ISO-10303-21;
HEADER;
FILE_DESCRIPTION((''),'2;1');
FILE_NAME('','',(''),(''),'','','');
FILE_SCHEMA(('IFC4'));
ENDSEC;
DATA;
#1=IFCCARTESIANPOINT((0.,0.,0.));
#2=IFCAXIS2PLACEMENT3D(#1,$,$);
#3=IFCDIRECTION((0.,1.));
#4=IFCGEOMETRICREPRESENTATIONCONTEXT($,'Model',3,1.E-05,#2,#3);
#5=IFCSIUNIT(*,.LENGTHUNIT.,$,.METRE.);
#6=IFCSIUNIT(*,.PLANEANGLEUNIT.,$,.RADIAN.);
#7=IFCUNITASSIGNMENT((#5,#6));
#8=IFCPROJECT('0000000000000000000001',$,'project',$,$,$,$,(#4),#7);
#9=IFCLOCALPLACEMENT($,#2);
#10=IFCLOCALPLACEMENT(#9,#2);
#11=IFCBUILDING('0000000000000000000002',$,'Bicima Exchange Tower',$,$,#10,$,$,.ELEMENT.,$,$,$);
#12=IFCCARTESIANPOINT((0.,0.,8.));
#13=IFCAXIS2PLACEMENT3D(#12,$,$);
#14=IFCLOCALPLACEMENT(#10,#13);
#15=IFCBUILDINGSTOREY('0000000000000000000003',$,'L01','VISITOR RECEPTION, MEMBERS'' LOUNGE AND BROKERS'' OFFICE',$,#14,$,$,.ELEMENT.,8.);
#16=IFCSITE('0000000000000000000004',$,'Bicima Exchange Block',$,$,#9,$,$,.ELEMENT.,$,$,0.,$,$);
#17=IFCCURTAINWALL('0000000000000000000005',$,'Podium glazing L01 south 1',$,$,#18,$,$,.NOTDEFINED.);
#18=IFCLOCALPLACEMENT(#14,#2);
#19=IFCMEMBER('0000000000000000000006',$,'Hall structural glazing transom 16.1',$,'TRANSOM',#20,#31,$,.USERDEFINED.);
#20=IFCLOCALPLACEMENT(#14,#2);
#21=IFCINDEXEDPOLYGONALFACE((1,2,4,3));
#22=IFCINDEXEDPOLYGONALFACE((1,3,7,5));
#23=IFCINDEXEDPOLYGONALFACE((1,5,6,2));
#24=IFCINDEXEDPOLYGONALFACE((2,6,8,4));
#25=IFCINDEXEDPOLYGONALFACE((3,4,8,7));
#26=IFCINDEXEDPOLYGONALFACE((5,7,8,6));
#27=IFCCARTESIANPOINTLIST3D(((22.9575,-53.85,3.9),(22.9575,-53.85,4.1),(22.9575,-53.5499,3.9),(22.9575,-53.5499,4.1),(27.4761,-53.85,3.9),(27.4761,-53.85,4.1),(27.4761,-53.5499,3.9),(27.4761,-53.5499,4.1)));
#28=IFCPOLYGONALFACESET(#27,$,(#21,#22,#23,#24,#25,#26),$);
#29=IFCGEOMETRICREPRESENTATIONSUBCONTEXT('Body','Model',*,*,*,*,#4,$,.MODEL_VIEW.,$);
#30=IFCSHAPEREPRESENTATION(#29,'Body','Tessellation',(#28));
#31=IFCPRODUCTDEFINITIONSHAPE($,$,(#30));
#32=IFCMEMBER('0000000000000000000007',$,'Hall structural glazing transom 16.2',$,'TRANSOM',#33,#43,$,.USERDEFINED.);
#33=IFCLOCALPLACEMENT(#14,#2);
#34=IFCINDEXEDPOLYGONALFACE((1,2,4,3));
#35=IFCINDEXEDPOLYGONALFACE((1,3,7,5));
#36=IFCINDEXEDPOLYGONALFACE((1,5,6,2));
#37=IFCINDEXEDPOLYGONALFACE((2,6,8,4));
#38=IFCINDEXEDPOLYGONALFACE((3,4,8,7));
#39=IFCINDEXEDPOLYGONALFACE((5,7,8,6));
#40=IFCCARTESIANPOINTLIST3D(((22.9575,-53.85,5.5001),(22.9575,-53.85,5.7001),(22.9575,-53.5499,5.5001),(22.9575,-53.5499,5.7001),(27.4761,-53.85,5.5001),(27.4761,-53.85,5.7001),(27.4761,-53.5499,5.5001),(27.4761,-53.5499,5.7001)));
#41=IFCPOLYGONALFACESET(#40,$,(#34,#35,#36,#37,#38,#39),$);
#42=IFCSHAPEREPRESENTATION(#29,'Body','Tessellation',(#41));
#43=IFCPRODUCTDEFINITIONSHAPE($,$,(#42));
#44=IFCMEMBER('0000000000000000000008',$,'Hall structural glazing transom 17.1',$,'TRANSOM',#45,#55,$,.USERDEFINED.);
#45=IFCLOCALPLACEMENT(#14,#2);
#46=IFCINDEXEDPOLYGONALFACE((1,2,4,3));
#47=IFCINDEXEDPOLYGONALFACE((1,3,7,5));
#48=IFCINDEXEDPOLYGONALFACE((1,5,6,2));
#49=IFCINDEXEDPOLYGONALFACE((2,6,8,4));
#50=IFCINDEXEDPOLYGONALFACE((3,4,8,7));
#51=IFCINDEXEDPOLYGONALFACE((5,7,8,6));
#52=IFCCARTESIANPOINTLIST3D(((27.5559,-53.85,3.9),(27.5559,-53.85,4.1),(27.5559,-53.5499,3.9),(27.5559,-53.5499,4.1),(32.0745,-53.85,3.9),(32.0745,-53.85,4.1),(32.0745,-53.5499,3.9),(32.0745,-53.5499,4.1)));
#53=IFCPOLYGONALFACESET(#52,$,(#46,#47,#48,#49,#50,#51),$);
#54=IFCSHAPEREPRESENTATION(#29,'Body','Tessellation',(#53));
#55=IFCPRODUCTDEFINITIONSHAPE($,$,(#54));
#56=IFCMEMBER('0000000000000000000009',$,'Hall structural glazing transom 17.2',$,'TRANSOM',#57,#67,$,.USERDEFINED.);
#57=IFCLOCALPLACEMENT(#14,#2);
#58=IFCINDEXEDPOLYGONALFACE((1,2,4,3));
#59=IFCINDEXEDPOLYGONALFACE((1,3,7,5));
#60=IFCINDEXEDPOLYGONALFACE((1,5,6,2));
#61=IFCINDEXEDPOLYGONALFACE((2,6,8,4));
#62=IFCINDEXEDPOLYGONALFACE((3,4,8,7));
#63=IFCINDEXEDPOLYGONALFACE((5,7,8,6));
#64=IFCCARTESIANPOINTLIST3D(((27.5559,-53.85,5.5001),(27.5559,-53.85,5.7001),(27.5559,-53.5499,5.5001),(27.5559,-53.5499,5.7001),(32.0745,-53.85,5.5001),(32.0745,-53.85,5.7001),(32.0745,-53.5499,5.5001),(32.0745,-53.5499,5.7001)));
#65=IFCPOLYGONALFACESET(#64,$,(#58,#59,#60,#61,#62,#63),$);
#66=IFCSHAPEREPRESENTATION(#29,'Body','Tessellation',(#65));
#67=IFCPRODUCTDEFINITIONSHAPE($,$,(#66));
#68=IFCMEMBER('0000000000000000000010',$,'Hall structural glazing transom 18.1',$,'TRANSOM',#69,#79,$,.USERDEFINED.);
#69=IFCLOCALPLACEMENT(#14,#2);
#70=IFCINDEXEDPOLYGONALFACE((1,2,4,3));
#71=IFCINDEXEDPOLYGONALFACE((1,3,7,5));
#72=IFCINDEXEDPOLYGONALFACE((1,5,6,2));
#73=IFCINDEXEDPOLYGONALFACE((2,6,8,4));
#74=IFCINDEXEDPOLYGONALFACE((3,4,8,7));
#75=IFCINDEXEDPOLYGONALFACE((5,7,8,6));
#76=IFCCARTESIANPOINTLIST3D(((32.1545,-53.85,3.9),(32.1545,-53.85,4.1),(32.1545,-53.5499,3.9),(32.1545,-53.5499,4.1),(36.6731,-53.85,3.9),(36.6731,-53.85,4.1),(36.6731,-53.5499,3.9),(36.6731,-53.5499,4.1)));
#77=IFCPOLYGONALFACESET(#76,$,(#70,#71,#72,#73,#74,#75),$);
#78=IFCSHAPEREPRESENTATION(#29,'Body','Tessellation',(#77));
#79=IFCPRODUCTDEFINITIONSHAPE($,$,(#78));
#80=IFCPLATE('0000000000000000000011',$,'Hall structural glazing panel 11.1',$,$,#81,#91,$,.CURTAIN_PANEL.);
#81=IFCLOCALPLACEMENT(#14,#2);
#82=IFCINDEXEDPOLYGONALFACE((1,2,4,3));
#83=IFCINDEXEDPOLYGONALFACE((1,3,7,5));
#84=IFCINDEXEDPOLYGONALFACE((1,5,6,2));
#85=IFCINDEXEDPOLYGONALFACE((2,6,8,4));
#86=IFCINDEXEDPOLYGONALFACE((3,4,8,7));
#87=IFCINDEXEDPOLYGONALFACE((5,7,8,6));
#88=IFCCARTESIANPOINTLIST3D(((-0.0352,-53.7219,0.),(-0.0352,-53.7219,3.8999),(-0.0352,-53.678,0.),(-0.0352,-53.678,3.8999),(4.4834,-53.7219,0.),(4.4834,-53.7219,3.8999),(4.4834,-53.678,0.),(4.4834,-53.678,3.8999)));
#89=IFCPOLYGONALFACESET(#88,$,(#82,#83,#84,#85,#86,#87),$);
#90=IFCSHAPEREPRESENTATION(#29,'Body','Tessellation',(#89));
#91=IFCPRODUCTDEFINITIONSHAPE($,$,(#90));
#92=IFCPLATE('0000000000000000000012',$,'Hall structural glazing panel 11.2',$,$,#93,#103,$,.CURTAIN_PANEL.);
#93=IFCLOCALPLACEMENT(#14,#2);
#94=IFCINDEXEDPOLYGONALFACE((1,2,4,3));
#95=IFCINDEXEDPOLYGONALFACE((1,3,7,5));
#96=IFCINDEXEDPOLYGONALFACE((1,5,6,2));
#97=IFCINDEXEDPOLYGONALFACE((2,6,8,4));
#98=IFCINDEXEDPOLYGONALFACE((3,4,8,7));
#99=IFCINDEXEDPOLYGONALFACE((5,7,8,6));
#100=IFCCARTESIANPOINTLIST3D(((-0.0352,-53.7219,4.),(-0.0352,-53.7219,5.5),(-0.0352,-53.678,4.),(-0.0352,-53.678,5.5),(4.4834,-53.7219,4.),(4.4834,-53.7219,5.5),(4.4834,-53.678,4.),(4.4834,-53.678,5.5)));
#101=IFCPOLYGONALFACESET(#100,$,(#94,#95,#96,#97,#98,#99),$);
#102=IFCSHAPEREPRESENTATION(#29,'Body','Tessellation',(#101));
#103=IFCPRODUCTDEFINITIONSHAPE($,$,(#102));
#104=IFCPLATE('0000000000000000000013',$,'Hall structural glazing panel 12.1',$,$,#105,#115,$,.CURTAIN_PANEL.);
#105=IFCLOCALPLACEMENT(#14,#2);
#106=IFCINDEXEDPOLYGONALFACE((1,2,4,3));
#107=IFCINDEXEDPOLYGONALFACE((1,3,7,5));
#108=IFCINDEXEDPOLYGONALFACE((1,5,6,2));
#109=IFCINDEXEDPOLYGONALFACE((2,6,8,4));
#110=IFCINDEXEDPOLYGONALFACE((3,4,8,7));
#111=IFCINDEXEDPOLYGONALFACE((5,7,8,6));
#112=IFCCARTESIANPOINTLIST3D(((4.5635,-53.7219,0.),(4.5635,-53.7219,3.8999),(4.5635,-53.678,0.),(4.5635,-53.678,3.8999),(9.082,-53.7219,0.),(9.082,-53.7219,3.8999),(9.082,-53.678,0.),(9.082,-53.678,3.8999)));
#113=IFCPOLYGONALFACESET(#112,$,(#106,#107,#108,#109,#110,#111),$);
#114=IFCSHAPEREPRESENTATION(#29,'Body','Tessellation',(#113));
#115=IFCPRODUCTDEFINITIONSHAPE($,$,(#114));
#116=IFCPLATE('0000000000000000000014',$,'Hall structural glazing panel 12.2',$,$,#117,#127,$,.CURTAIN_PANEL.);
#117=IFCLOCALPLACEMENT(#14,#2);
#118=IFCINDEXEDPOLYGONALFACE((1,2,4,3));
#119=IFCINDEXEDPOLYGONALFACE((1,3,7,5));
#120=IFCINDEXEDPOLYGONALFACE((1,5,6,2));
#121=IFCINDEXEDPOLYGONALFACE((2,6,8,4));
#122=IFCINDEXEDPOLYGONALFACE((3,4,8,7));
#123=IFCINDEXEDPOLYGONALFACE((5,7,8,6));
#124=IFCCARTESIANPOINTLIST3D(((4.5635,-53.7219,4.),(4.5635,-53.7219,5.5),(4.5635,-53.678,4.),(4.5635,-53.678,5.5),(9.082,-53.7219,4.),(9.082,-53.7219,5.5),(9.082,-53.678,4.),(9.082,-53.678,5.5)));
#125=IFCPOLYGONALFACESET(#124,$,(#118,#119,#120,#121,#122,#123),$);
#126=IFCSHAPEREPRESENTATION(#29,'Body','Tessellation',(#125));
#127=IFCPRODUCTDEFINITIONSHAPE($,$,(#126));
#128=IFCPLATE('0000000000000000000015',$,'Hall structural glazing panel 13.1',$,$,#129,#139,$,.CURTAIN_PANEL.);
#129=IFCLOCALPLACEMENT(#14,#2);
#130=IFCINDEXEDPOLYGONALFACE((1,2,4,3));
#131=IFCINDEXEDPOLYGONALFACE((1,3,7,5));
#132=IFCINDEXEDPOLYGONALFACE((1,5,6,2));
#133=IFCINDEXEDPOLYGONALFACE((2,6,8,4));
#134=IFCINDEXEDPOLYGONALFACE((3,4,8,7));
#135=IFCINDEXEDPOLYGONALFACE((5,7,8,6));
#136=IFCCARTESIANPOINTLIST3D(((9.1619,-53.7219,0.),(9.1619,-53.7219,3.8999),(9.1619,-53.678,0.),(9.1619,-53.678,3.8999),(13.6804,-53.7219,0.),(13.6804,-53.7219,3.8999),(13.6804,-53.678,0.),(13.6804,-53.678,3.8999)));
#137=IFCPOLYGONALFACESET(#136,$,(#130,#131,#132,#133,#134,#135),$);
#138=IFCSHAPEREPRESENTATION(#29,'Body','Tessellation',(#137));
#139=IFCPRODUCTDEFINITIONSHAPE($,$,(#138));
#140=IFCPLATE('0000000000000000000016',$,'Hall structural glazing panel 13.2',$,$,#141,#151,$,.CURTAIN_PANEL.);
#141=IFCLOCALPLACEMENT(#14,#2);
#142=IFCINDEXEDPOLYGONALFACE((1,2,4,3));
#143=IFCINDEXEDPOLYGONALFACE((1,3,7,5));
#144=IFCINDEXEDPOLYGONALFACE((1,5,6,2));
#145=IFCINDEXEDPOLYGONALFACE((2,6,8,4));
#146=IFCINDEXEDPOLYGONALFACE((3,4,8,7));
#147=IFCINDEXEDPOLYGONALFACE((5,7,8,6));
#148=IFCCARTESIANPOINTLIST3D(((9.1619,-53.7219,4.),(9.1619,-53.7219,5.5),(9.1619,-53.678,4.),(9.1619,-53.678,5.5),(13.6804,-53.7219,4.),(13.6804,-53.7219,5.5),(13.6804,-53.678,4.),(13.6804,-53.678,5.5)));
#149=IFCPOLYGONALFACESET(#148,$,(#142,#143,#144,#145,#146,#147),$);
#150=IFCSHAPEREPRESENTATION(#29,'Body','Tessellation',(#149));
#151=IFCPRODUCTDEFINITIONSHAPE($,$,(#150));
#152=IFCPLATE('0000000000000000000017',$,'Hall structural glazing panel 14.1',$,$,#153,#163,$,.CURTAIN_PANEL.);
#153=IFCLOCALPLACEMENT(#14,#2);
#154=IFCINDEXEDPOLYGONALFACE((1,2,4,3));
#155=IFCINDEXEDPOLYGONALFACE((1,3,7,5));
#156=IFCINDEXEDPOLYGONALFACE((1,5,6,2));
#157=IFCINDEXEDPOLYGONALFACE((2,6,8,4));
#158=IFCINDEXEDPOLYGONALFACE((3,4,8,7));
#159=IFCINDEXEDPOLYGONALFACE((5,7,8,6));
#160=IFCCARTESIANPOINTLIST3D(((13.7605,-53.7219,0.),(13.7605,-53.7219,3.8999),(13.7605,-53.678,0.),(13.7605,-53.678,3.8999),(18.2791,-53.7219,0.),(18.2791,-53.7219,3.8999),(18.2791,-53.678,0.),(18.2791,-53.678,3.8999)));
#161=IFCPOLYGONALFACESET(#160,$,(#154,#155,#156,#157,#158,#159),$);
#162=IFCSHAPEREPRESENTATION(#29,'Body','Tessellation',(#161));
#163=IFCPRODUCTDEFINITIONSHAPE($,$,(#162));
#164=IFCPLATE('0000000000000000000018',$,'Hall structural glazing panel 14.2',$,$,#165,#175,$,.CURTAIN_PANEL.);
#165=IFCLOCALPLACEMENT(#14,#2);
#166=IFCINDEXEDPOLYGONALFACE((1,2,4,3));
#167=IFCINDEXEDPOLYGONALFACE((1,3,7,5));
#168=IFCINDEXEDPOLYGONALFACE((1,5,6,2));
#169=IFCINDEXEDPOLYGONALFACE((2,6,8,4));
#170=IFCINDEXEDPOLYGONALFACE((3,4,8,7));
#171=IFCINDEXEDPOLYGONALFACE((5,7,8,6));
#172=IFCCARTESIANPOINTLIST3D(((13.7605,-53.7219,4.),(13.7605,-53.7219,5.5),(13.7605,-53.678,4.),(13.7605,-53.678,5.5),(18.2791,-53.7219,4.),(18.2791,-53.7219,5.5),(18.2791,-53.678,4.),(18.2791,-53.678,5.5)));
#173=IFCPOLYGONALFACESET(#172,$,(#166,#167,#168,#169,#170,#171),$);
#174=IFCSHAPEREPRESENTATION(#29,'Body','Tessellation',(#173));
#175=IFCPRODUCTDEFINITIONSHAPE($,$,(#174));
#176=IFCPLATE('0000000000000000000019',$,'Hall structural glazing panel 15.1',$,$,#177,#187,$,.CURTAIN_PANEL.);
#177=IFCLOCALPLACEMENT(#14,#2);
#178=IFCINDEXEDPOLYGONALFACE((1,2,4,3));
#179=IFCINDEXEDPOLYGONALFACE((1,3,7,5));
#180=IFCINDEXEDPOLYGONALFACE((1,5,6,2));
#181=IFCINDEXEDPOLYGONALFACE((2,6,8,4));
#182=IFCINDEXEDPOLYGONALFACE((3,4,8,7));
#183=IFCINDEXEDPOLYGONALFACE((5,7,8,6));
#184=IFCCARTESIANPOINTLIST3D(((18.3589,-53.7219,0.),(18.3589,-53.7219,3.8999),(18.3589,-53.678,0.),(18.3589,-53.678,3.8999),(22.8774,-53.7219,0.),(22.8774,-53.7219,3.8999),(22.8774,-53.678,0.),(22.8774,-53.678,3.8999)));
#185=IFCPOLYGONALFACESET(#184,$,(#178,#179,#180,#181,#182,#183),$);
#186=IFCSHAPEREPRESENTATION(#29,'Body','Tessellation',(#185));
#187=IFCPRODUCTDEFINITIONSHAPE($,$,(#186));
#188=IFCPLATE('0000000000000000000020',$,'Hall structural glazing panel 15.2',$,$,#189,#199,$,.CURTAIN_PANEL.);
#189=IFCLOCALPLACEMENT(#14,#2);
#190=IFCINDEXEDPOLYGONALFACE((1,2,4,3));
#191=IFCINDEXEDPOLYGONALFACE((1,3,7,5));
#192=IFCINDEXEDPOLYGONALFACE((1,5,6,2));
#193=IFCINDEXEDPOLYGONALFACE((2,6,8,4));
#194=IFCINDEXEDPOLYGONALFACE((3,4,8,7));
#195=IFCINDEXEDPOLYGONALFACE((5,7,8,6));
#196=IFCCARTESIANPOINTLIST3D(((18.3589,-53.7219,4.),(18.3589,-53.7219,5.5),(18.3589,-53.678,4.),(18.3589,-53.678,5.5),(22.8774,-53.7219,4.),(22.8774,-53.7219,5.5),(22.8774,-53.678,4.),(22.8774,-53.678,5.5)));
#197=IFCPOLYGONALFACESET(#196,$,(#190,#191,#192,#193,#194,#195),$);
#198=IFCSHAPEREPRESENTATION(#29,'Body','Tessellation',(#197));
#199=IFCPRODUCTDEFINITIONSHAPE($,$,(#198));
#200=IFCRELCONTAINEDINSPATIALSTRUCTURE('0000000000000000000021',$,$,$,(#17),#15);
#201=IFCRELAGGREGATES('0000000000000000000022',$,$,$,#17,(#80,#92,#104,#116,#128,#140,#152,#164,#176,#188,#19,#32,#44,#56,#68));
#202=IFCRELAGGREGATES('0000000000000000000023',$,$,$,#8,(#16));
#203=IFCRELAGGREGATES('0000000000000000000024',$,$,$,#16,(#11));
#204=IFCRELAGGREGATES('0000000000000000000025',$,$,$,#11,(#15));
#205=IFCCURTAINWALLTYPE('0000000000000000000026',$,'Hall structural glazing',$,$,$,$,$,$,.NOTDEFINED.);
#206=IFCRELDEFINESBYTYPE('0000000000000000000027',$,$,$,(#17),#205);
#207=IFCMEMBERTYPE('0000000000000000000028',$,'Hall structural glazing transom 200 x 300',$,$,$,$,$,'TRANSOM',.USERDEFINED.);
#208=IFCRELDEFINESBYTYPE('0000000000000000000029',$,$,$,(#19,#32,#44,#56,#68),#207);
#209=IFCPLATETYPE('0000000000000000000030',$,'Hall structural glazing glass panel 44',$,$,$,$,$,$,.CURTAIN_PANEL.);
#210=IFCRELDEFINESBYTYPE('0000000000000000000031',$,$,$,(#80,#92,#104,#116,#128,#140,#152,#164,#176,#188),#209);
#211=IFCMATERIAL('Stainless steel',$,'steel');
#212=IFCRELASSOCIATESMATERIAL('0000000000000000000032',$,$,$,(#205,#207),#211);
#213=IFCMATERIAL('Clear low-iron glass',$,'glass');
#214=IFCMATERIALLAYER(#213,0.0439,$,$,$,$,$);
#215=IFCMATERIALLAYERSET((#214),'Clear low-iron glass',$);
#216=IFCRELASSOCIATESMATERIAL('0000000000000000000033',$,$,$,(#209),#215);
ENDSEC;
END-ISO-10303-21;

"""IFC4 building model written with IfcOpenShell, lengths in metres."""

from ifc_helpers import new_model, si_unit, direction, frame, origin, origin_2d, place, context, subcontext, project, spatial, rectangle, extrude, material, layer, layer_set, material_profile, profile_set, type_object, element, aggregate, save


model = new_model("IFC4")

# Units and contexts
model_context = context("Model", 3, precision=1e-05, world=origin(), true_north=direction((0.0, 1.0)))
body_context = subcontext(model_context, "Body", "Model", "MODEL_VIEW")
ifc_project = project(units=[si_unit("LENGTHUNIT", "METRE"), si_unit("PLANEANGLEUNIT", "RADIAN")], contexts=[model_context])

# Site, building, storey
site_placement = place(None, origin())
site = spatial("IfcSite", under=ifc_project, at=site_placement, Name="Bicima Exchange Block", CompositionType="ELEMENT", RefElevation=0.0)
building_placement = place(site_placement, origin())
building = spatial("IfcBuilding", under=site, at=building_placement, Name="Bicima Exchange Tower", CompositionType="ELEMENT")
storey_placement = place(building_placement, frame((0.0, 0.0, 8.0)))
storey = spatial("IfcBuildingStorey", under=building, at=storey_placement, Name="L01", Description="VISITOR RECEPTION, MEMBERS' LOUNGE AND BROKERS' OFFICE", CompositionType="ELEMENT", Elevation=8.0)

# Curtain wall, members, plates
ifc_material_1 = material(Name="Stainless steel", Category="steel")
curtain_wall_type = type_object("IfcCurtainWallType", Name="Hall structural glazing", PredefinedType="NOTDEFINED", material=ifc_material_1)
curtain_wall_placement = place(storey_placement, origin())
curtain_wall = element("IfcCurtainWall", 1, at=curtain_wall_placement, inside=storey, type_object=curtain_wall_type, Name="Podium glazing L01 south 1", PredefinedType="NOTDEFINED")
ifc_material_profile_1 = material_profile(ifc_material_1, rectangle(XDim=0.3, YDim=0.2, at=origin_2d()))
ifc_profile_set_1 = profile_set([ifc_material_profile_1], Name="Stainless steel")
member_type_1 = type_object("IfcMemberType", Name="Hall structural glazing transom 200 x 300", ElementType="TRANSOM", PredefinedType="USERDEFINED", material=ifc_profile_set_1)
member_1_placement = place(storey_placement, frame((22.9575, -53.7, 4.0), z_axis=(1.0, 0.0, 0.0), x_axis=(0.0, 1.0, 0.0)))
member_1 = element("IfcMember", 2, at=member_1_placement, type_object=member_type_1, Name="Hall structural glazing transom 16.1", ObjectType="TRANSOM", PredefinedType="USERDEFINED", context=body_context, shape_type="SweptSolid", body=[
    extrude(rectangle(XDim=0.3, YDim=0.2, at=origin_2d()), origin(), (0.0, 0.0, 1.0), 4.5186),
])
member_2_placement = place(storey_placement, frame((22.9575, -53.7, 5.6001), z_axis=(1.0, 0.0, 0.0), x_axis=(0.0, 1.0, 0.0)))
member_2 = element("IfcMember", 3, at=member_2_placement, type_object=member_type_1, Name="Hall structural glazing transom 16.2", ObjectType="TRANSOM", PredefinedType="USERDEFINED", context=body_context, shape_type="SweptSolid", body=[
    extrude(rectangle(XDim=0.3, YDim=0.2, at=origin_2d()), origin(), (0.0, 0.0, 1.0), 4.5186),
])
member_3_placement = place(storey_placement, frame((27.5559, -53.7, 4.0), z_axis=(1.0, 0.0, 0.0), x_axis=(0.0, 1.0, 0.0)))
member_3 = element("IfcMember", 4, at=member_3_placement, type_object=member_type_1, Name="Hall structural glazing transom 17.1", ObjectType="TRANSOM", PredefinedType="USERDEFINED", context=body_context, shape_type="SweptSolid", body=[
    extrude(rectangle(XDim=0.3, YDim=0.2, at=origin_2d()), origin(), (0.0, 0.0, 1.0), 4.5186),
])
member_4_placement = place(storey_placement, frame((27.5559, -53.7, 5.6001), z_axis=(1.0, 0.0, 0.0), x_axis=(0.0, 1.0, 0.0)))
member_4 = element("IfcMember", 5, at=member_4_placement, type_object=member_type_1, Name="Hall structural glazing transom 17.2", ObjectType="TRANSOM", PredefinedType="USERDEFINED", context=body_context, shape_type="SweptSolid", body=[
    extrude(rectangle(XDim=0.3, YDim=0.2, at=origin_2d()), origin(), (0.0, 0.0, 1.0), 4.5186),
])
member_5_placement = place(storey_placement, frame((32.1545, -53.7, 4.0), z_axis=(1.0, 0.0, 0.0), x_axis=(0.0, 1.0, 0.0)))
member_5 = element("IfcMember", 6, at=member_5_placement, type_object=member_type_1, Name="Hall structural glazing transom 18.1", ObjectType="TRANSOM", PredefinedType="USERDEFINED", context=body_context, shape_type="SweptSolid", body=[
    extrude(rectangle(XDim=0.3, YDim=0.2, at=origin_2d()), origin(), (0.0, 0.0, 1.0), 4.5186),
])
ifc_material_2 = material(Name="Clear low-iron glass", Category="glass")
ifc_layer_1 = layer(ifc_material_2, 0.0439)
ifc_layer_set_1 = layer_set([ifc_layer_1], Name="Clear low-iron glass")
plate_type = type_object("IfcPlateType", Name="Hall structural glazing glass panel 44", PredefinedType="CURTAIN_PANEL", material=ifc_layer_set_1)
plate_1_placement = place(storey_placement, frame((2.2241, -53.7, 0.0), z_axis=(0.0, 0.0, 1.0), x_axis=(1.0, 0.0, 0.0)))
plate_1 = element("IfcPlate", 7, at=plate_1_placement, type_object=plate_type, Name="Hall structural glazing panel 11.1", PredefinedType="CURTAIN_PANEL", context=body_context, shape_type="SweptSolid", body=[
    extrude(rectangle(XDim=4.5186, YDim=0.0439, at=origin_2d()), origin(), (0.0, 0.0, 1.0), 3.8999),
])
plate_2_placement = place(storey_placement, frame((2.2241, -53.7, 4.0), z_axis=(0.0, 0.0, 1.0), x_axis=(1.0, 0.0, 0.0)))
plate_2 = element("IfcPlate", 8, at=plate_2_placement, type_object=plate_type, Name="Hall structural glazing panel 11.2", PredefinedType="CURTAIN_PANEL", context=body_context, shape_type="SweptSolid", body=[
    extrude(rectangle(XDim=4.5186, YDim=0.0439, at=origin_2d()), origin(), (0.0, 0.0, 1.0), 1.5),
])
plate_3_placement = place(storey_placement, frame((6.8228, -53.7, 0.0), z_axis=(0.0, 0.0, 1.0), x_axis=(1.0, 0.0, 0.0)))
plate_3 = element("IfcPlate", 9, at=plate_3_placement, type_object=plate_type, Name="Hall structural glazing panel 12.1", PredefinedType="CURTAIN_PANEL", context=body_context, shape_type="SweptSolid", body=[
    extrude(rectangle(XDim=4.5186, YDim=0.0439, at=origin_2d()), origin(), (0.0, 0.0, 1.0), 3.8999),
])
plate_4_placement = place(storey_placement, frame((6.8228, -53.7, 4.0), z_axis=(0.0, 0.0, 1.0), x_axis=(1.0, 0.0, 0.0)))
plate_4 = element("IfcPlate", 10, at=plate_4_placement, type_object=plate_type, Name="Hall structural glazing panel 12.2", PredefinedType="CURTAIN_PANEL", context=body_context, shape_type="SweptSolid", body=[
    extrude(rectangle(XDim=4.5186, YDim=0.0439, at=origin_2d()), origin(), (0.0, 0.0, 1.0), 1.5),
])
plate_5_placement = place(storey_placement, frame((11.4211, -53.7, 0.0), z_axis=(0.0, 0.0, 1.0), x_axis=(1.0, 0.0, 0.0)))
plate_5 = element("IfcPlate", 11, at=plate_5_placement, type_object=plate_type, Name="Hall structural glazing panel 13.1", PredefinedType="CURTAIN_PANEL", context=body_context, shape_type="SweptSolid", body=[
    extrude(rectangle(XDim=4.5186, YDim=0.0439, at=origin_2d()), origin(), (0.0, 0.0, 1.0), 3.8999),
])
plate_6_placement = place(storey_placement, frame((11.4211, -53.7, 4.0), z_axis=(0.0, 0.0, 1.0), x_axis=(1.0, 0.0, 0.0)))
plate_6 = element("IfcPlate", 12, at=plate_6_placement, type_object=plate_type, Name="Hall structural glazing panel 13.2", PredefinedType="CURTAIN_PANEL", context=body_context, shape_type="SweptSolid", body=[
    extrude(rectangle(XDim=4.5186, YDim=0.0439, at=origin_2d()), origin(), (0.0, 0.0, 1.0), 1.5),
])
plate_7_placement = place(storey_placement, frame((16.0198, -53.7, 0.0), z_axis=(0.0, 0.0, 1.0), x_axis=(1.0, 0.0, 0.0)))
plate_7 = element("IfcPlate", 13, at=plate_7_placement, type_object=plate_type, Name="Hall structural glazing panel 14.1", PredefinedType="CURTAIN_PANEL", context=body_context, shape_type="SweptSolid", body=[
    extrude(rectangle(XDim=4.5186, YDim=0.0439, at=origin_2d()), origin(), (0.0, 0.0, 1.0), 3.8999),
])
plate_8_placement = place(storey_placement, frame((16.0198, -53.7, 4.0), z_axis=(0.0, 0.0, 1.0), x_axis=(1.0, 0.0, 0.0)))
plate_8 = element("IfcPlate", 14, at=plate_8_placement, type_object=plate_type, Name="Hall structural glazing panel 14.2", PredefinedType="CURTAIN_PANEL", context=body_context, shape_type="SweptSolid", body=[
    extrude(rectangle(XDim=4.5186, YDim=0.0439, at=origin_2d()), origin(), (0.0, 0.0, 1.0), 1.5),
])
plate_9_placement = place(storey_placement, frame((20.6182, -53.7, 0.0), z_axis=(0.0, 0.0, 1.0), x_axis=(1.0, 0.0, 0.0)))
plate_9 = element("IfcPlate", 15, at=plate_9_placement, type_object=plate_type, Name="Hall structural glazing panel 15.1", PredefinedType="CURTAIN_PANEL", context=body_context, shape_type="SweptSolid", body=[
    extrude(rectangle(XDim=4.5186, YDim=0.0439, at=origin_2d()), origin(), (0.0, 0.0, 1.0), 3.8999),
])
plate_10_placement = place(storey_placement, frame((20.6182, -53.7, 4.0), z_axis=(0.0, 0.0, 1.0), x_axis=(1.0, 0.0, 0.0)))
plate_10 = element("IfcPlate", 16, at=plate_10_placement, type_object=plate_type, Name="Hall structural glazing panel 15.2", PredefinedType="CURTAIN_PANEL", context=body_context, shape_type="SweptSolid", body=[
    extrude(rectangle(XDim=4.5186, YDim=0.0439, at=origin_2d()), origin(), (0.0, 0.0, 1.0), 1.5),
])
aggregate(curtain_wall, [plate_1, plate_2, plate_3, plate_4, plate_5, plate_6, plate_7, plate_8, plate_9, plate_10, member_1, member_2, member_3, member_4, member_5])

save(model, "model.ifc")
